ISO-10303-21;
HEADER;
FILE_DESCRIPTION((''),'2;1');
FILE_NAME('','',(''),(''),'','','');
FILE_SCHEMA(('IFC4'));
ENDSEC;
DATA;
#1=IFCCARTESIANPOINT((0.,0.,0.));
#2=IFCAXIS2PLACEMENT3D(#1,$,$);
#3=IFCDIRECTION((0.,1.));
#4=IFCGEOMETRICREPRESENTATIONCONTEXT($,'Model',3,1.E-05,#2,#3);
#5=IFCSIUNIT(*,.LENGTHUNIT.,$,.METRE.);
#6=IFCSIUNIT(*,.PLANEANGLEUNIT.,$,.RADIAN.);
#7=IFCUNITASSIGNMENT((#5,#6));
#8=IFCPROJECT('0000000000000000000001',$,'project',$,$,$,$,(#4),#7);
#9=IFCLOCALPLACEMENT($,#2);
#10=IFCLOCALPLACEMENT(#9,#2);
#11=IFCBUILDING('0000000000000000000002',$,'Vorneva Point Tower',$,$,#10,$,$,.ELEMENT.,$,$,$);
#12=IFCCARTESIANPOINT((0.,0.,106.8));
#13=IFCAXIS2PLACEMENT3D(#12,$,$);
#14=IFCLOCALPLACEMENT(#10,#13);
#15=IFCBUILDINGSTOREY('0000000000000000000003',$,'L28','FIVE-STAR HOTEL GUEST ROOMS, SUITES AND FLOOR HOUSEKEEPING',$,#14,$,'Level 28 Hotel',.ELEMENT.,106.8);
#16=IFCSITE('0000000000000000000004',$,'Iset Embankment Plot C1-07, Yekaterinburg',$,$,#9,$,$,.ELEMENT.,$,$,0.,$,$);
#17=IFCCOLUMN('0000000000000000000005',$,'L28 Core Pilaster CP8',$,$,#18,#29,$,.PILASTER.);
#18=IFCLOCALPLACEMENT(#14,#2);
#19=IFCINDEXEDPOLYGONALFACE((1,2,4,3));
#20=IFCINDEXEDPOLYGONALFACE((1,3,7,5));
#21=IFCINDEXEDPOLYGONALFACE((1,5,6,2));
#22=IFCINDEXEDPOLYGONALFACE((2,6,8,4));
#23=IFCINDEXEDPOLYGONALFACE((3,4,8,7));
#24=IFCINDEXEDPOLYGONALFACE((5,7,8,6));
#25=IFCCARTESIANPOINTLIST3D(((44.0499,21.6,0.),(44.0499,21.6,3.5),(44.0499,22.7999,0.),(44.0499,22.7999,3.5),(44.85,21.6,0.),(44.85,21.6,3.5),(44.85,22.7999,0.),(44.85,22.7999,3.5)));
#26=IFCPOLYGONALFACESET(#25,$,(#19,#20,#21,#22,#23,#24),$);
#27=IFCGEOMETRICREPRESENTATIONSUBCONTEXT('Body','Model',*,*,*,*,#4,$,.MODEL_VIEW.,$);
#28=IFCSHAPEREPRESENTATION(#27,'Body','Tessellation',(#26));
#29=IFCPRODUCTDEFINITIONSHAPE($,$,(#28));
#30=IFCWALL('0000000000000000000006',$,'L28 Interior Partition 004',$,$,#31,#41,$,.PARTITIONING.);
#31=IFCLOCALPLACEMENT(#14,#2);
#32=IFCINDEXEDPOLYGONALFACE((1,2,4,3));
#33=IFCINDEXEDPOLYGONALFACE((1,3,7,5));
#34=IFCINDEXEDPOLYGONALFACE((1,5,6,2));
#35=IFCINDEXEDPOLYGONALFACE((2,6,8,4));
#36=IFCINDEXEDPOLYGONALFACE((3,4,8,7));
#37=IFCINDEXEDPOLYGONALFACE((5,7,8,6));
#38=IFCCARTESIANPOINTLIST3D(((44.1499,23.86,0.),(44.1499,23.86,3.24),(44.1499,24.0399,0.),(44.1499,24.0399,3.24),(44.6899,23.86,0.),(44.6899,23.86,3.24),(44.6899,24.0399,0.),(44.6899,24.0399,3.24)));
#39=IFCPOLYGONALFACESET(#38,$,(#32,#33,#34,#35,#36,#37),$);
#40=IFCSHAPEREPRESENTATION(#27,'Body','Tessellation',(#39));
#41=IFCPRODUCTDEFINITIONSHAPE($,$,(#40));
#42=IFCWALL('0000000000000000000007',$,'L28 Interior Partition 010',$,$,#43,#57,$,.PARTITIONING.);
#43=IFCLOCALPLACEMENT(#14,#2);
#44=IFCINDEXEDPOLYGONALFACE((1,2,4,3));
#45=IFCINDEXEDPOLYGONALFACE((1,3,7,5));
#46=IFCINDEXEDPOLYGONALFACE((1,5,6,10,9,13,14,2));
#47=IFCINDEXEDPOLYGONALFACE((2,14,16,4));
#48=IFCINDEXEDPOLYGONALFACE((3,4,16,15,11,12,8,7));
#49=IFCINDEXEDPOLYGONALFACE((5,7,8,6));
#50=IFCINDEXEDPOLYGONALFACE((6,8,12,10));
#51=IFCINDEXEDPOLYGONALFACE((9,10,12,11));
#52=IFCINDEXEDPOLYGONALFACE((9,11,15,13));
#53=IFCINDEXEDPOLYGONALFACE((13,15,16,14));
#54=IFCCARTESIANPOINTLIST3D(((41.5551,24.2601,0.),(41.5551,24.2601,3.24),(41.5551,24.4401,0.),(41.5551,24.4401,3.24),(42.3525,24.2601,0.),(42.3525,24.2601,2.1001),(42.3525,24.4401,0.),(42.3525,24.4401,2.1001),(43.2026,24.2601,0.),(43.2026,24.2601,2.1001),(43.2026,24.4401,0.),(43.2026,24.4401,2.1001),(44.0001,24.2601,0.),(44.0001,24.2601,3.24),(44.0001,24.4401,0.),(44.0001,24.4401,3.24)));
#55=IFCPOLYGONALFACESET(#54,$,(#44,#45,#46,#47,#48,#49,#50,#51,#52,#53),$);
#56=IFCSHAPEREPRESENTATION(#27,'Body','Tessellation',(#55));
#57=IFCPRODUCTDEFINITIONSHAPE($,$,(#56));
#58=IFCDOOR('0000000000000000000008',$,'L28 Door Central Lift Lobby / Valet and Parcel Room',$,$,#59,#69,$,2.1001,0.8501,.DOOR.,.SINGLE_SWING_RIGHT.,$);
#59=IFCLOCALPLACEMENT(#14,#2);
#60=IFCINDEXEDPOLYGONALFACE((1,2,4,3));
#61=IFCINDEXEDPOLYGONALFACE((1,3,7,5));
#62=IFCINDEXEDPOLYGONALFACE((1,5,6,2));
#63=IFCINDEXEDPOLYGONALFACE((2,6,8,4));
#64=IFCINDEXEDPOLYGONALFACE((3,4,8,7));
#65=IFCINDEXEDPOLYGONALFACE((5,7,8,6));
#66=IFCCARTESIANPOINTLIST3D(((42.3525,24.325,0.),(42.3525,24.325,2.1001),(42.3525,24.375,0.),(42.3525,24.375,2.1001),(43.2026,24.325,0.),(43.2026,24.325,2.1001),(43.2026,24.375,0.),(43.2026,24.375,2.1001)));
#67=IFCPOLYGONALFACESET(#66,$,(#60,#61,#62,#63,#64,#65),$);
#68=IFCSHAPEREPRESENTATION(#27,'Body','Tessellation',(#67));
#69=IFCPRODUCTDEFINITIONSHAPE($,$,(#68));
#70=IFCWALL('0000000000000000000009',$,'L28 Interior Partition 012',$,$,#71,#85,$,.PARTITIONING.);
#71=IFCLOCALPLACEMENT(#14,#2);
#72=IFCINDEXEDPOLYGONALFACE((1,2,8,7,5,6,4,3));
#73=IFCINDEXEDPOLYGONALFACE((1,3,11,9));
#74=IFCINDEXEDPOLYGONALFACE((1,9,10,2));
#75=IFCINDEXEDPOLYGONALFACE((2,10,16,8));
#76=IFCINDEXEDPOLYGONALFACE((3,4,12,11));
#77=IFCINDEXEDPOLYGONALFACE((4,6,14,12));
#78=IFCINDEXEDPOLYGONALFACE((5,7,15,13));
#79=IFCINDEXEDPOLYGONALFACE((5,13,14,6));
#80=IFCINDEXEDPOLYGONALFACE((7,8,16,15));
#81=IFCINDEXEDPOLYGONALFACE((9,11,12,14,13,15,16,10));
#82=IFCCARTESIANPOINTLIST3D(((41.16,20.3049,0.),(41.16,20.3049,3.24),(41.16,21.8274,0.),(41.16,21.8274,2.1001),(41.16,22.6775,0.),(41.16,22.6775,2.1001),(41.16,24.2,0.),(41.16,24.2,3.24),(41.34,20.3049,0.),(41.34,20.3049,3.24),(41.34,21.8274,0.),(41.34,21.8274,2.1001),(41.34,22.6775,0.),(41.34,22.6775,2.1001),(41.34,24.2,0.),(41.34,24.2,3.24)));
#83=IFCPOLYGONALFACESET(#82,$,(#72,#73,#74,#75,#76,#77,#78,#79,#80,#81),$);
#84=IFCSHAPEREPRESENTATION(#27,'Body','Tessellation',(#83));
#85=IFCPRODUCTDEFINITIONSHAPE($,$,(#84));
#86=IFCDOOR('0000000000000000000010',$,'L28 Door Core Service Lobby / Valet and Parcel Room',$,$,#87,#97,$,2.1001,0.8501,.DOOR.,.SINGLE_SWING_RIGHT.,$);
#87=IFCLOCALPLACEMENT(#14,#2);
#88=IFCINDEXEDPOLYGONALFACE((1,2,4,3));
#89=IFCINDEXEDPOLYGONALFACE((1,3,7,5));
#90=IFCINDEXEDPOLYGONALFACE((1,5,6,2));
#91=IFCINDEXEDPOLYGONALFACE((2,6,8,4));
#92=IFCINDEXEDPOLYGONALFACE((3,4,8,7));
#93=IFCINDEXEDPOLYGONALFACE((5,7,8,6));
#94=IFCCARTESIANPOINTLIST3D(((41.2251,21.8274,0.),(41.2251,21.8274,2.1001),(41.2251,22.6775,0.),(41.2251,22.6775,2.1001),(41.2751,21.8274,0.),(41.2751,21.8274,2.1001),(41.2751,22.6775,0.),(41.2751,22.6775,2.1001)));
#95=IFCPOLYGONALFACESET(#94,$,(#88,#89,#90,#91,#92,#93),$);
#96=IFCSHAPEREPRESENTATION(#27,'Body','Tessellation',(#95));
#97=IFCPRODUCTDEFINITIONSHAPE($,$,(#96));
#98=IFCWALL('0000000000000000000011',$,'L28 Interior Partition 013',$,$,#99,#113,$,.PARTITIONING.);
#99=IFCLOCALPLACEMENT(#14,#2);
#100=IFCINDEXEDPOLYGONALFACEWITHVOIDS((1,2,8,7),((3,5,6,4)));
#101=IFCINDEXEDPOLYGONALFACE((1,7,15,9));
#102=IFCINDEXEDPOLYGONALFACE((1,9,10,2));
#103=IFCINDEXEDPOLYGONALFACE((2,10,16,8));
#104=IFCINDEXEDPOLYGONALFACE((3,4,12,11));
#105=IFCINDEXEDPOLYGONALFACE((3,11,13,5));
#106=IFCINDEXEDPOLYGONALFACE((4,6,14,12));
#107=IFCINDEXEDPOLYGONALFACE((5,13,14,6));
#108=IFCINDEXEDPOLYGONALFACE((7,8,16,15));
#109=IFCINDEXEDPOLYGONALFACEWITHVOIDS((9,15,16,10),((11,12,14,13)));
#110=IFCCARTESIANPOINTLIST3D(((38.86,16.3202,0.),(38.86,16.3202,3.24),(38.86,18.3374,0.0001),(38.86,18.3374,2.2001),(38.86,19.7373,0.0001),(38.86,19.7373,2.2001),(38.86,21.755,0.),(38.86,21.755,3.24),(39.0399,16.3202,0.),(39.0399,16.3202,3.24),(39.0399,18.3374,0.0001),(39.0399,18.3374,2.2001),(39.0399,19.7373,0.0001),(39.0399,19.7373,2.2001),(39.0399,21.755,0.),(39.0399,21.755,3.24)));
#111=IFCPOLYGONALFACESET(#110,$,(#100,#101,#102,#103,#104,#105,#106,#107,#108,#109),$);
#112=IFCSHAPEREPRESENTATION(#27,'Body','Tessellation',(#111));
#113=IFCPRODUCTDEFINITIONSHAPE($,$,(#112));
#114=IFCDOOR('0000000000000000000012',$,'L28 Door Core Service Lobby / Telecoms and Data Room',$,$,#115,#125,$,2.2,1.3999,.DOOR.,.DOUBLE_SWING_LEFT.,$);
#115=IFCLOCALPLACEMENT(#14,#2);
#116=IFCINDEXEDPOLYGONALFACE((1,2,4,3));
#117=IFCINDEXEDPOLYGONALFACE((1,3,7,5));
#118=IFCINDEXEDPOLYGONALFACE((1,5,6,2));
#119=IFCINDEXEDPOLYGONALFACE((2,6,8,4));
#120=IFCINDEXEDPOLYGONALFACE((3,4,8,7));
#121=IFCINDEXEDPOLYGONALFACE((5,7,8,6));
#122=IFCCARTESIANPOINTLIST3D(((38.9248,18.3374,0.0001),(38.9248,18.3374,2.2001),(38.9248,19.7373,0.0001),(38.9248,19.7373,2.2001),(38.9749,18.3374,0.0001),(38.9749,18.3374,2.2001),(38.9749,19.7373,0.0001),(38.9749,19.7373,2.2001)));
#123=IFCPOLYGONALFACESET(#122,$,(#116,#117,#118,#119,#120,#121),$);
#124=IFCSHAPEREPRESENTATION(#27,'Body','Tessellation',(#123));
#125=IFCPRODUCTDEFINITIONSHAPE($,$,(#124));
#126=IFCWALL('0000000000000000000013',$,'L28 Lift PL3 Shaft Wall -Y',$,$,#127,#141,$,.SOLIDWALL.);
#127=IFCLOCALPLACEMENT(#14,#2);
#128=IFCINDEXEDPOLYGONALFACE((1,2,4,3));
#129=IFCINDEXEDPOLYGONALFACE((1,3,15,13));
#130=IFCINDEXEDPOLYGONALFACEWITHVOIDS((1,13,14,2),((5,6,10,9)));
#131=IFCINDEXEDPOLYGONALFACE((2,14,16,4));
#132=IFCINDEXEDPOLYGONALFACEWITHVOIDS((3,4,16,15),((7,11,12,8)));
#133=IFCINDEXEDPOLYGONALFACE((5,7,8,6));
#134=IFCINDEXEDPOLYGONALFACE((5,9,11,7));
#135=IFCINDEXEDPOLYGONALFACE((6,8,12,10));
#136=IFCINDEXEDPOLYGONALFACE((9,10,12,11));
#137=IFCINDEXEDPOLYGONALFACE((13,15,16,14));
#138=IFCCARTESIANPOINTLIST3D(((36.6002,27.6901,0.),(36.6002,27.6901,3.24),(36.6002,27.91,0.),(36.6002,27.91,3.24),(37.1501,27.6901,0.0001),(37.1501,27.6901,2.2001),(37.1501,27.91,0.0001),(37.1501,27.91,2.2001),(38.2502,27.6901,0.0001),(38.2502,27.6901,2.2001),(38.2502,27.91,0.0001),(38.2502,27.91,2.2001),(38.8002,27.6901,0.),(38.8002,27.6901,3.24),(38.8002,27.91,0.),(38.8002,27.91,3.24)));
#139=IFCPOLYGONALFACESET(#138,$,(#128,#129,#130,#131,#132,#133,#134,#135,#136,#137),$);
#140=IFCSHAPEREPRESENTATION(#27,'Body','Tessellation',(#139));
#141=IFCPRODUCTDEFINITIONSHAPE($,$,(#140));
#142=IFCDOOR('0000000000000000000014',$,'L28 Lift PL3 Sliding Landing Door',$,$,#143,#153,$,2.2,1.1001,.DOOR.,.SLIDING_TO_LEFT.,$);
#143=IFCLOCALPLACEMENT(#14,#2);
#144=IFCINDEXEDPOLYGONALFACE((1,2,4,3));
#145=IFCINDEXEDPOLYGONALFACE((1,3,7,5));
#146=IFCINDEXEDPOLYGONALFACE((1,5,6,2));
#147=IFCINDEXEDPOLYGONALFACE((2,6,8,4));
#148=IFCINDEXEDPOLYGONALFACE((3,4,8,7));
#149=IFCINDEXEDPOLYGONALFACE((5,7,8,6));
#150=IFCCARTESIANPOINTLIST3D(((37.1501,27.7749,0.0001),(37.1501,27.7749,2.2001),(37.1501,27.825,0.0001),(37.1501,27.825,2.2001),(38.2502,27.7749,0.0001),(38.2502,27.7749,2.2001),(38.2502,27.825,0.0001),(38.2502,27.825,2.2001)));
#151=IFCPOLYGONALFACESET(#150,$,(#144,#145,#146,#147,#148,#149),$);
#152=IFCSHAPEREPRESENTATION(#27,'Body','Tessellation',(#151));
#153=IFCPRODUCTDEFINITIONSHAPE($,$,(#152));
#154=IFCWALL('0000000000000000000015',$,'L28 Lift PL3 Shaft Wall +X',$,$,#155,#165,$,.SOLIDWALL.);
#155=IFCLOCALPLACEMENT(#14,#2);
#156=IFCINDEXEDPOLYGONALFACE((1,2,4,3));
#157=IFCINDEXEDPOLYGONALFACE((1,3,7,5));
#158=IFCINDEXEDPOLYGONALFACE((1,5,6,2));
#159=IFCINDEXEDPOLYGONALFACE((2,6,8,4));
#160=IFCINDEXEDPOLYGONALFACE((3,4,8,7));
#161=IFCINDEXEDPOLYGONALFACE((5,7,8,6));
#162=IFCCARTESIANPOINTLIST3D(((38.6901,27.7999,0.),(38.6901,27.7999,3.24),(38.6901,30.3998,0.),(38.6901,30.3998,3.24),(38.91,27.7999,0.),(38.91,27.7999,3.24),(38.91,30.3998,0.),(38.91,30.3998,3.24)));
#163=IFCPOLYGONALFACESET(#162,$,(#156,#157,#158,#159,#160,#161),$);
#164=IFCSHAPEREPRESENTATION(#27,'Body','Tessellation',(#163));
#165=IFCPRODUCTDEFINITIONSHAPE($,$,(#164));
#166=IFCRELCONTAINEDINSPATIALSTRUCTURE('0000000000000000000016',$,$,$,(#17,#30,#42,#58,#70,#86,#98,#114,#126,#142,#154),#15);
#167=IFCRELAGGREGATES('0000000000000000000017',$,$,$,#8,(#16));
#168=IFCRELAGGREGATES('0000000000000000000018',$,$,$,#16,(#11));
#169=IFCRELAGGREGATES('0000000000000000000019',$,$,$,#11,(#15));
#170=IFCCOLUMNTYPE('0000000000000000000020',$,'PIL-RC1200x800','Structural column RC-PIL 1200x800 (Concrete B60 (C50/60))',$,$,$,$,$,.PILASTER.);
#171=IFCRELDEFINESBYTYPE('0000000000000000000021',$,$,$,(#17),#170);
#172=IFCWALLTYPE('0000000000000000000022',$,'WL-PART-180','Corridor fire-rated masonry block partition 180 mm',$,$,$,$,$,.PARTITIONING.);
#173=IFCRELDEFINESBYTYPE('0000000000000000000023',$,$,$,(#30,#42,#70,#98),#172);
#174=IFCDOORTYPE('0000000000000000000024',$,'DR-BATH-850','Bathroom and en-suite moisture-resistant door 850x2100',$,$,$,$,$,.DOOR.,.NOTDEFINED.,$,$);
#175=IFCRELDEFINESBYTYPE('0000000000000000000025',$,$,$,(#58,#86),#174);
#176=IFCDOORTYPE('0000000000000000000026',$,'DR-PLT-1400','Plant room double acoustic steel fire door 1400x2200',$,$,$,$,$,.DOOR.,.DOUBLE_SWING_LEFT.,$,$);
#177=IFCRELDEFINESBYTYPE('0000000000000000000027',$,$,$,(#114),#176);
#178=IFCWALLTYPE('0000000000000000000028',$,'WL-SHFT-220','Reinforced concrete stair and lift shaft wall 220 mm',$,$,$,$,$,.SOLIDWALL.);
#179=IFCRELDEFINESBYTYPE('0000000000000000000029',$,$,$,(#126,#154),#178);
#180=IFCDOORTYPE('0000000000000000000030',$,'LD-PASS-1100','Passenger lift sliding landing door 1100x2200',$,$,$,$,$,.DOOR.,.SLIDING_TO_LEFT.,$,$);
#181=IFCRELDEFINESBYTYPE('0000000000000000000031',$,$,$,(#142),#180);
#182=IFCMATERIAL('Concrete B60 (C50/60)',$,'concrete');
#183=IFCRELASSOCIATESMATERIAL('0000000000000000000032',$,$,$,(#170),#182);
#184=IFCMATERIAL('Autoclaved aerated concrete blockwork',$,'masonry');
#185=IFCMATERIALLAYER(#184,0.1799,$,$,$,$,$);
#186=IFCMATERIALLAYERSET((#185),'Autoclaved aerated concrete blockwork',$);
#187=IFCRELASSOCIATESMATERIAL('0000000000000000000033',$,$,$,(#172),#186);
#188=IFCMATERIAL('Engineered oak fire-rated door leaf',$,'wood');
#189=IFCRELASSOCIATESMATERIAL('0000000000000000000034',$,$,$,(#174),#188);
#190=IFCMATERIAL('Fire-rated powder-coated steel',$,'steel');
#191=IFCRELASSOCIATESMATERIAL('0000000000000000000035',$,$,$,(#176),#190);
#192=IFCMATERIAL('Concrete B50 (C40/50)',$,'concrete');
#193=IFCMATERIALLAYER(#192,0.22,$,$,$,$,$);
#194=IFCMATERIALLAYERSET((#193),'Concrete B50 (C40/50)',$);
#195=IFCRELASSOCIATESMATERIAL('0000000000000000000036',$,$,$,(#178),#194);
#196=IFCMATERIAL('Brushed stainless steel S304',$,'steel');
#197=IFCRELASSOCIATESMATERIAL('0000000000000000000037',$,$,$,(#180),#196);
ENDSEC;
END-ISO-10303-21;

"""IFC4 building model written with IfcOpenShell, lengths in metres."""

from ifc_helpers import new_model, si_unit, direction, frame, frame_2d, origin, origin_2d, place, context, subcontext, project, spatial, rectangle, extrude, material, layer, layer_set, material_profile, profile_set, type_object, element, fill, save


model = new_model("IFC4")

# Units and contexts
model_context = context("Model", 3, precision=1e-05, world=origin(), true_north=direction((0.0, 1.0)))
body_context = subcontext(model_context, "Body", "Model", "MODEL_VIEW")
ifc_project = project(units=[si_unit("LENGTHUNIT", "METRE"), si_unit("PLANEANGLEUNIT", "RADIAN")], contexts=[model_context])

# Site, building, storey
site_placement = place(None, origin())
site = spatial("IfcSite", under=ifc_project, at=site_placement, Name="Iset Embankment Plot C1-07, Yekaterinburg", CompositionType="ELEMENT", RefElevation=0.0)
building_placement = place(site_placement, origin())
building = spatial("IfcBuilding", under=site, at=building_placement, Name="Vorneva Point Tower", CompositionType="ELEMENT")
storey_placement = place(building_placement, frame((0.0, 0.0, 106.8)))
storey = spatial("IfcBuildingStorey", under=building, at=storey_placement, Name="L28", Description="FIVE-STAR HOTEL GUEST ROOMS, SUITES AND FLOOR HOUSEKEEPING", LongName="Level 28 Hotel", CompositionType="ELEMENT", Elevation=106.8)

# Column
ifc_material_1 = material(Name="Concrete B60 (C50/60)", Category="concrete")
ifc_material_profile = material_profile(ifc_material_1, rectangle(XDim=0.8, YDim=1.2, at=origin_2d()), Name="RC-PIL 1200x800")
ifc_profile_set = profile_set([ifc_material_profile], Name="Concrete B60 (C50/60)")
column_type = type_object("IfcColumnType", Name="PIL-RC1200x800", Description="Structural column RC-PIL 1200x800 (Concrete B60 (C50/60))", PredefinedType="PILASTER", material=ifc_profile_set)
column_placement = place(storey_placement, frame((44.45, 22.2, 0.0), z_axis=(0.0, 0.0, 1.0), x_axis=(1.0, 0.0, 0.0)))
element("IfcColumn", 1, at=column_placement, inside=storey, type_object=column_type, Name="L28 Core Pilaster CP8", PredefinedType="PILASTER", context=body_context, shape_type="SweptSolid", body=[
    extrude(rectangle(XDim=0.8, YDim=1.2, at=origin_2d()), origin(), (0.0, 0.0, 1.0), 3.5),
])

# Shared definitions
ifc_material_2 = material(Name="Autoclaved aerated concrete blockwork", Category="masonry")
ifc_layer_1 = layer(ifc_material_2, 0.1799)
ifc_layer_set_1 = layer_set([ifc_layer_1], Name="Autoclaved aerated concrete blockwork")
wall_type_1 = type_object("IfcWallType", Name="WL-PART-180", Description="Corridor fire-rated masonry block partition 180 mm", PredefinedType="PARTITIONING", material=ifc_layer_set_1)
ifc_material_3 = material(Name="Fire-rated powder-coated steel", Category="steel")

# Wall
wall_1_placement = place(storey_placement, frame((44.1499, 23.95, 0.0), z_axis=(0.0, 0.0, 1.0), x_axis=(1.0, 0.0, 0.0)))
element("IfcWall", 2, at=wall_1_placement, inside=storey, type_object=wall_type_1, Name="L28 Interior Partition 004", PredefinedType="PARTITIONING", context=body_context, shape_type="SweptSolid", body=[
    extrude(rectangle(XDim=0.54, YDim=0.1799, at=frame_2d((0.27, 0.0))), origin(), (0.0, 0.0, 1.0), 3.24),
])

# Walls, openings, doors
wall_2_placement = place(storey_placement, frame((41.5549, 24.3501, 0.0), z_axis=(0.0, 0.0, 1.0), x_axis=(1.0, 0.0, 0.0)))
wall_2 = element("IfcWall", 3, at=wall_2_placement, inside=storey, type_object=wall_type_1, Name="L28 Interior Partition 010", PredefinedType="PARTITIONING", context=body_context, shape_type="SweptSolid", body=[
    extrude(rectangle(XDim=2.4451, YDim=0.1799, at=frame_2d((1.2227, 0.0))), origin(), (0.0, 0.0, 1.0), 3.24),
])
opening_1_placement = place(wall_2_placement, frame((0.7976, 0.0, 0.0)))
opening_1 = element("IfcOpeningElement", 4, at=opening_1_placement, cuts=wall_2, PredefinedType="OPENING", context=body_context, shape_type="SweptSolid", body=[
    extrude(rectangle(XDim=0.8501, YDim=2.1001, at=frame_2d((0.425, 1.05))), frame((0.0, 0.105, 0.0), z_axis=(0.0, -1.0, 0.0), x_axis=(1.0, 0.0, 0.0)), (0.0, 0.0, 1.0), 0.2097),
])
ifc_material_4 = material(Name="Engineered oak fire-rated door leaf", Category="wood")
door_type_1 = type_object("IfcDoorType", Name="DR-BATH-850", Description="Bathroom and en-suite moisture-resistant door 850x2100", OperationType="NOTDEFINED", PredefinedType="DOOR", material=ifc_material_4)
door_1_placement = place(opening_1_placement, origin())
door_1 = element("IfcDoor", 5, at=door_1_placement, inside=storey, type_object=door_type_1, Name="L28 Door Central Lift Lobby / Valet and Parcel Room", OperationType="SINGLE_SWING_RIGHT", OverallHeight=2.1001, OverallWidth=0.8501, PredefinedType="DOOR", context=body_context, shape_type="SweptSolid", body=[
    extrude(rectangle(XDim=0.8501, YDim=2.1001, at=frame_2d((0.425, 1.05))), frame((0.0, 0.0249, 0.0), z_axis=(0.0, -1.0, 0.0), x_axis=(1.0, 0.0, 0.0)), (0.0, 0.0, 1.0), 0.05),
])
fill(opening_1, door_1)
wall_3_placement = place(storey_placement, frame((41.25, 20.3049, 0.0), z_axis=(0.0, 0.0, 1.0), x_axis=(0.0, 1.0, 0.0)))
wall_3 = element("IfcWall", 6, at=wall_3_placement, inside=storey, type_object=wall_type_1, Name="L28 Interior Partition 012", PredefinedType="PARTITIONING", context=body_context, shape_type="SweptSolid", body=[
    extrude(rectangle(XDim=3.895, YDim=0.1799, at=frame_2d((1.9475, 0.0))), origin(), (0.0, 0.0, 1.0), 3.24),
])
opening_2_placement = place(wall_3_placement, frame((1.5225, 0.0, 0.0)))
opening_2 = element("IfcOpeningElement", 7, at=opening_2_placement, cuts=wall_3, PredefinedType="OPENING", context=body_context, shape_type="SweptSolid", body=[
    extrude(rectangle(XDim=0.8501, YDim=2.1001, at=frame_2d((0.425, 1.05))), frame((0.0, 0.105, 0.0), z_axis=(0.0, -1.0, 0.0), x_axis=(1.0, 0.0, 0.0)), (0.0, 0.0, 1.0), 0.2097),
])
door_2_placement = place(opening_2_placement, origin())
door_2 = element("IfcDoor", 8, at=door_2_placement, inside=storey, type_object=door_type_1, Name="L28 Door Core Service Lobby / Valet and Parcel Room", OperationType="SINGLE_SWING_RIGHT", OverallHeight=2.1001, OverallWidth=0.8501, PredefinedType="DOOR", context=body_context, shape_type="SweptSolid", body=[
    extrude(rectangle(XDim=0.8501, YDim=2.1001, at=frame_2d((0.425, 1.05))), frame((0.0, 0.0249, 0.0), z_axis=(0.0, -1.0, 0.0), x_axis=(1.0, 0.0, 0.0)), (0.0, 0.0, 1.0), 0.05),
])
fill(opening_2, door_2)
wall_4_placement = place(storey_placement, frame((38.95, 21.7549, 0.0), z_axis=(0.0, 0.0, 1.0), x_axis=(0.0, -1.0, 0.0)))
wall_4 = element("IfcWall", 9, at=wall_4_placement, inside=storey, type_object=wall_type_1, Name="L28 Interior Partition 013", PredefinedType="PARTITIONING", context=body_context, shape_type="SweptSolid", body=[
    extrude(rectangle(XDim=5.4348, YDim=0.1799, at=frame_2d((2.7173, 0.0))), origin(), (0.0, 0.0, 1.0), 3.24),
])
opening_3_placement = place(wall_4_placement, frame((2.0176, 0.0, 0.0)))
opening_3 = element("IfcOpeningElement", 10, at=opening_3_placement, cuts=wall_4, PredefinedType="OPENING", context=body_context, shape_type="SweptSolid", body=[
    extrude(rectangle(XDim=1.3999, YDim=2.2, at=frame_2d((0.7, 1.1001))), frame((0.0, 0.105, 0.0), z_axis=(0.0, -1.0, 0.0), x_axis=(1.0, 0.0, 0.0)), (0.0, 0.0, 1.0), 0.2097),
])
door_type_2 = type_object("IfcDoorType", Name="DR-PLT-1400", Description="Plant room double acoustic steel fire door 1400x2200", OperationType="DOUBLE_SWING_LEFT", PredefinedType="DOOR", material=ifc_material_3)
door_3_placement = place(opening_3_placement, origin())
door_3 = element("IfcDoor", 11, at=door_3_placement, inside=storey, type_object=door_type_2, Name="L28 Door Core Service Lobby / Telecoms and Data Room", OperationType="DOUBLE_SWING_LEFT", OverallHeight=2.2, OverallWidth=1.3999, PredefinedType="DOOR", context=body_context, shape_type="SweptSolid", body=[
    extrude(rectangle(XDim=1.3999, YDim=2.2, at=frame_2d((0.7, 1.1001))), frame((0.0, 0.0249, 0.0), z_axis=(0.0, -1.0, 0.0), x_axis=(1.0, 0.0, 0.0)), (0.0, 0.0, 1.0), 0.05),
])
fill(opening_3, door_3)
ifc_material_5 = material(Name="Concrete B50 (C40/50)", Category="concrete")
ifc_layer_2 = layer(ifc_material_5, 0.22)
ifc_layer_set_2 = layer_set([ifc_layer_2], Name="Concrete B50 (C40/50)")
wall_type_2 = type_object("IfcWallType", Name="WL-SHFT-220", Description="Reinforced concrete stair and lift shaft wall 220 mm", PredefinedType="SOLIDWALL", material=ifc_layer_set_2)
wall_5_placement = place(storey_placement, frame((36.6001, 27.8, 0.0), z_axis=(0.0, 0.0, 1.0), x_axis=(1.0, 0.0, 0.0)))
wall_5 = element("IfcWall", 12, at=wall_5_placement, inside=storey, type_object=wall_type_2, Name="L28 Lift PL3 Shaft Wall -Y", PredefinedType="SOLIDWALL", context=body_context, shape_type="SweptSolid", body=[
    extrude(rectangle(XDim=2.2, YDim=0.22, at=frame_2d((1.1001, 0.0))), origin(), (0.0, 0.0, 1.0), 3.24),
])
opening_4_placement = place(wall_5_placement, frame((0.55, 0.0, 0.0)))
opening_4 = element("IfcOpeningElement", 13, at=opening_4_placement, cuts=wall_5, PredefinedType="OPENING", context=body_context, shape_type="SweptSolid", body=[
    extrude(rectangle(XDim=1.1001, YDim=2.2, at=frame_2d((0.55, 1.1001))), frame((0.0, 0.125, 0.0), z_axis=(0.0, -1.0, 0.0), x_axis=(1.0, 0.0, 0.0)), (0.0, 0.0, 1.0), 0.2498),
])
ifc_material_6 = material(Name="Brushed stainless steel S304", Category="steel")
door_type_3 = type_object("IfcDoorType", Name="LD-PASS-1100", Description="Passenger lift sliding landing door 1100x2200", OperationType="SLIDING_TO_LEFT", PredefinedType="DOOR", material=ifc_material_6)
door_4_placement = place(opening_4_placement, origin())
door_4 = element("IfcDoor", 14, at=door_4_placement, inside=storey, type_object=door_type_3, Name="L28 Lift PL3 Sliding Landing Door", OperationType="SLIDING_TO_LEFT", OverallHeight=2.2, OverallWidth=1.1001, PredefinedType="DOOR", context=body_context, shape_type="SweptSolid", body=[
    extrude(rectangle(XDim=1.1001, YDim=2.2, at=frame_2d((0.55, 1.1001))), frame((0.0, 0.0249, 0.0), z_axis=(0.0, -1.0, 0.0), x_axis=(1.0, 0.0, 0.0)), (0.0, 0.0, 1.0), 0.05),
])
fill(opening_4, door_4)

# Wall
wall_6_placement = place(storey_placement, frame((38.8, 27.8, 0.0), z_axis=(0.0, 0.0, 1.0), x_axis=(0.0, 1.0, 0.0)))
element("IfcWall", 15, at=wall_6_placement, inside=storey, type_object=wall_type_2, Name="L28 Lift PL3 Shaft Wall +X", PredefinedType="SOLIDWALL", context=body_context, shape_type="SweptSolid", body=[
    extrude(rectangle(XDim=2.5999, YDim=0.22, at=frame_2d((1.2998, 0.0))), origin(), (0.0, 0.0, 1.0), 3.24),
])

save(model, "model.ifc")
